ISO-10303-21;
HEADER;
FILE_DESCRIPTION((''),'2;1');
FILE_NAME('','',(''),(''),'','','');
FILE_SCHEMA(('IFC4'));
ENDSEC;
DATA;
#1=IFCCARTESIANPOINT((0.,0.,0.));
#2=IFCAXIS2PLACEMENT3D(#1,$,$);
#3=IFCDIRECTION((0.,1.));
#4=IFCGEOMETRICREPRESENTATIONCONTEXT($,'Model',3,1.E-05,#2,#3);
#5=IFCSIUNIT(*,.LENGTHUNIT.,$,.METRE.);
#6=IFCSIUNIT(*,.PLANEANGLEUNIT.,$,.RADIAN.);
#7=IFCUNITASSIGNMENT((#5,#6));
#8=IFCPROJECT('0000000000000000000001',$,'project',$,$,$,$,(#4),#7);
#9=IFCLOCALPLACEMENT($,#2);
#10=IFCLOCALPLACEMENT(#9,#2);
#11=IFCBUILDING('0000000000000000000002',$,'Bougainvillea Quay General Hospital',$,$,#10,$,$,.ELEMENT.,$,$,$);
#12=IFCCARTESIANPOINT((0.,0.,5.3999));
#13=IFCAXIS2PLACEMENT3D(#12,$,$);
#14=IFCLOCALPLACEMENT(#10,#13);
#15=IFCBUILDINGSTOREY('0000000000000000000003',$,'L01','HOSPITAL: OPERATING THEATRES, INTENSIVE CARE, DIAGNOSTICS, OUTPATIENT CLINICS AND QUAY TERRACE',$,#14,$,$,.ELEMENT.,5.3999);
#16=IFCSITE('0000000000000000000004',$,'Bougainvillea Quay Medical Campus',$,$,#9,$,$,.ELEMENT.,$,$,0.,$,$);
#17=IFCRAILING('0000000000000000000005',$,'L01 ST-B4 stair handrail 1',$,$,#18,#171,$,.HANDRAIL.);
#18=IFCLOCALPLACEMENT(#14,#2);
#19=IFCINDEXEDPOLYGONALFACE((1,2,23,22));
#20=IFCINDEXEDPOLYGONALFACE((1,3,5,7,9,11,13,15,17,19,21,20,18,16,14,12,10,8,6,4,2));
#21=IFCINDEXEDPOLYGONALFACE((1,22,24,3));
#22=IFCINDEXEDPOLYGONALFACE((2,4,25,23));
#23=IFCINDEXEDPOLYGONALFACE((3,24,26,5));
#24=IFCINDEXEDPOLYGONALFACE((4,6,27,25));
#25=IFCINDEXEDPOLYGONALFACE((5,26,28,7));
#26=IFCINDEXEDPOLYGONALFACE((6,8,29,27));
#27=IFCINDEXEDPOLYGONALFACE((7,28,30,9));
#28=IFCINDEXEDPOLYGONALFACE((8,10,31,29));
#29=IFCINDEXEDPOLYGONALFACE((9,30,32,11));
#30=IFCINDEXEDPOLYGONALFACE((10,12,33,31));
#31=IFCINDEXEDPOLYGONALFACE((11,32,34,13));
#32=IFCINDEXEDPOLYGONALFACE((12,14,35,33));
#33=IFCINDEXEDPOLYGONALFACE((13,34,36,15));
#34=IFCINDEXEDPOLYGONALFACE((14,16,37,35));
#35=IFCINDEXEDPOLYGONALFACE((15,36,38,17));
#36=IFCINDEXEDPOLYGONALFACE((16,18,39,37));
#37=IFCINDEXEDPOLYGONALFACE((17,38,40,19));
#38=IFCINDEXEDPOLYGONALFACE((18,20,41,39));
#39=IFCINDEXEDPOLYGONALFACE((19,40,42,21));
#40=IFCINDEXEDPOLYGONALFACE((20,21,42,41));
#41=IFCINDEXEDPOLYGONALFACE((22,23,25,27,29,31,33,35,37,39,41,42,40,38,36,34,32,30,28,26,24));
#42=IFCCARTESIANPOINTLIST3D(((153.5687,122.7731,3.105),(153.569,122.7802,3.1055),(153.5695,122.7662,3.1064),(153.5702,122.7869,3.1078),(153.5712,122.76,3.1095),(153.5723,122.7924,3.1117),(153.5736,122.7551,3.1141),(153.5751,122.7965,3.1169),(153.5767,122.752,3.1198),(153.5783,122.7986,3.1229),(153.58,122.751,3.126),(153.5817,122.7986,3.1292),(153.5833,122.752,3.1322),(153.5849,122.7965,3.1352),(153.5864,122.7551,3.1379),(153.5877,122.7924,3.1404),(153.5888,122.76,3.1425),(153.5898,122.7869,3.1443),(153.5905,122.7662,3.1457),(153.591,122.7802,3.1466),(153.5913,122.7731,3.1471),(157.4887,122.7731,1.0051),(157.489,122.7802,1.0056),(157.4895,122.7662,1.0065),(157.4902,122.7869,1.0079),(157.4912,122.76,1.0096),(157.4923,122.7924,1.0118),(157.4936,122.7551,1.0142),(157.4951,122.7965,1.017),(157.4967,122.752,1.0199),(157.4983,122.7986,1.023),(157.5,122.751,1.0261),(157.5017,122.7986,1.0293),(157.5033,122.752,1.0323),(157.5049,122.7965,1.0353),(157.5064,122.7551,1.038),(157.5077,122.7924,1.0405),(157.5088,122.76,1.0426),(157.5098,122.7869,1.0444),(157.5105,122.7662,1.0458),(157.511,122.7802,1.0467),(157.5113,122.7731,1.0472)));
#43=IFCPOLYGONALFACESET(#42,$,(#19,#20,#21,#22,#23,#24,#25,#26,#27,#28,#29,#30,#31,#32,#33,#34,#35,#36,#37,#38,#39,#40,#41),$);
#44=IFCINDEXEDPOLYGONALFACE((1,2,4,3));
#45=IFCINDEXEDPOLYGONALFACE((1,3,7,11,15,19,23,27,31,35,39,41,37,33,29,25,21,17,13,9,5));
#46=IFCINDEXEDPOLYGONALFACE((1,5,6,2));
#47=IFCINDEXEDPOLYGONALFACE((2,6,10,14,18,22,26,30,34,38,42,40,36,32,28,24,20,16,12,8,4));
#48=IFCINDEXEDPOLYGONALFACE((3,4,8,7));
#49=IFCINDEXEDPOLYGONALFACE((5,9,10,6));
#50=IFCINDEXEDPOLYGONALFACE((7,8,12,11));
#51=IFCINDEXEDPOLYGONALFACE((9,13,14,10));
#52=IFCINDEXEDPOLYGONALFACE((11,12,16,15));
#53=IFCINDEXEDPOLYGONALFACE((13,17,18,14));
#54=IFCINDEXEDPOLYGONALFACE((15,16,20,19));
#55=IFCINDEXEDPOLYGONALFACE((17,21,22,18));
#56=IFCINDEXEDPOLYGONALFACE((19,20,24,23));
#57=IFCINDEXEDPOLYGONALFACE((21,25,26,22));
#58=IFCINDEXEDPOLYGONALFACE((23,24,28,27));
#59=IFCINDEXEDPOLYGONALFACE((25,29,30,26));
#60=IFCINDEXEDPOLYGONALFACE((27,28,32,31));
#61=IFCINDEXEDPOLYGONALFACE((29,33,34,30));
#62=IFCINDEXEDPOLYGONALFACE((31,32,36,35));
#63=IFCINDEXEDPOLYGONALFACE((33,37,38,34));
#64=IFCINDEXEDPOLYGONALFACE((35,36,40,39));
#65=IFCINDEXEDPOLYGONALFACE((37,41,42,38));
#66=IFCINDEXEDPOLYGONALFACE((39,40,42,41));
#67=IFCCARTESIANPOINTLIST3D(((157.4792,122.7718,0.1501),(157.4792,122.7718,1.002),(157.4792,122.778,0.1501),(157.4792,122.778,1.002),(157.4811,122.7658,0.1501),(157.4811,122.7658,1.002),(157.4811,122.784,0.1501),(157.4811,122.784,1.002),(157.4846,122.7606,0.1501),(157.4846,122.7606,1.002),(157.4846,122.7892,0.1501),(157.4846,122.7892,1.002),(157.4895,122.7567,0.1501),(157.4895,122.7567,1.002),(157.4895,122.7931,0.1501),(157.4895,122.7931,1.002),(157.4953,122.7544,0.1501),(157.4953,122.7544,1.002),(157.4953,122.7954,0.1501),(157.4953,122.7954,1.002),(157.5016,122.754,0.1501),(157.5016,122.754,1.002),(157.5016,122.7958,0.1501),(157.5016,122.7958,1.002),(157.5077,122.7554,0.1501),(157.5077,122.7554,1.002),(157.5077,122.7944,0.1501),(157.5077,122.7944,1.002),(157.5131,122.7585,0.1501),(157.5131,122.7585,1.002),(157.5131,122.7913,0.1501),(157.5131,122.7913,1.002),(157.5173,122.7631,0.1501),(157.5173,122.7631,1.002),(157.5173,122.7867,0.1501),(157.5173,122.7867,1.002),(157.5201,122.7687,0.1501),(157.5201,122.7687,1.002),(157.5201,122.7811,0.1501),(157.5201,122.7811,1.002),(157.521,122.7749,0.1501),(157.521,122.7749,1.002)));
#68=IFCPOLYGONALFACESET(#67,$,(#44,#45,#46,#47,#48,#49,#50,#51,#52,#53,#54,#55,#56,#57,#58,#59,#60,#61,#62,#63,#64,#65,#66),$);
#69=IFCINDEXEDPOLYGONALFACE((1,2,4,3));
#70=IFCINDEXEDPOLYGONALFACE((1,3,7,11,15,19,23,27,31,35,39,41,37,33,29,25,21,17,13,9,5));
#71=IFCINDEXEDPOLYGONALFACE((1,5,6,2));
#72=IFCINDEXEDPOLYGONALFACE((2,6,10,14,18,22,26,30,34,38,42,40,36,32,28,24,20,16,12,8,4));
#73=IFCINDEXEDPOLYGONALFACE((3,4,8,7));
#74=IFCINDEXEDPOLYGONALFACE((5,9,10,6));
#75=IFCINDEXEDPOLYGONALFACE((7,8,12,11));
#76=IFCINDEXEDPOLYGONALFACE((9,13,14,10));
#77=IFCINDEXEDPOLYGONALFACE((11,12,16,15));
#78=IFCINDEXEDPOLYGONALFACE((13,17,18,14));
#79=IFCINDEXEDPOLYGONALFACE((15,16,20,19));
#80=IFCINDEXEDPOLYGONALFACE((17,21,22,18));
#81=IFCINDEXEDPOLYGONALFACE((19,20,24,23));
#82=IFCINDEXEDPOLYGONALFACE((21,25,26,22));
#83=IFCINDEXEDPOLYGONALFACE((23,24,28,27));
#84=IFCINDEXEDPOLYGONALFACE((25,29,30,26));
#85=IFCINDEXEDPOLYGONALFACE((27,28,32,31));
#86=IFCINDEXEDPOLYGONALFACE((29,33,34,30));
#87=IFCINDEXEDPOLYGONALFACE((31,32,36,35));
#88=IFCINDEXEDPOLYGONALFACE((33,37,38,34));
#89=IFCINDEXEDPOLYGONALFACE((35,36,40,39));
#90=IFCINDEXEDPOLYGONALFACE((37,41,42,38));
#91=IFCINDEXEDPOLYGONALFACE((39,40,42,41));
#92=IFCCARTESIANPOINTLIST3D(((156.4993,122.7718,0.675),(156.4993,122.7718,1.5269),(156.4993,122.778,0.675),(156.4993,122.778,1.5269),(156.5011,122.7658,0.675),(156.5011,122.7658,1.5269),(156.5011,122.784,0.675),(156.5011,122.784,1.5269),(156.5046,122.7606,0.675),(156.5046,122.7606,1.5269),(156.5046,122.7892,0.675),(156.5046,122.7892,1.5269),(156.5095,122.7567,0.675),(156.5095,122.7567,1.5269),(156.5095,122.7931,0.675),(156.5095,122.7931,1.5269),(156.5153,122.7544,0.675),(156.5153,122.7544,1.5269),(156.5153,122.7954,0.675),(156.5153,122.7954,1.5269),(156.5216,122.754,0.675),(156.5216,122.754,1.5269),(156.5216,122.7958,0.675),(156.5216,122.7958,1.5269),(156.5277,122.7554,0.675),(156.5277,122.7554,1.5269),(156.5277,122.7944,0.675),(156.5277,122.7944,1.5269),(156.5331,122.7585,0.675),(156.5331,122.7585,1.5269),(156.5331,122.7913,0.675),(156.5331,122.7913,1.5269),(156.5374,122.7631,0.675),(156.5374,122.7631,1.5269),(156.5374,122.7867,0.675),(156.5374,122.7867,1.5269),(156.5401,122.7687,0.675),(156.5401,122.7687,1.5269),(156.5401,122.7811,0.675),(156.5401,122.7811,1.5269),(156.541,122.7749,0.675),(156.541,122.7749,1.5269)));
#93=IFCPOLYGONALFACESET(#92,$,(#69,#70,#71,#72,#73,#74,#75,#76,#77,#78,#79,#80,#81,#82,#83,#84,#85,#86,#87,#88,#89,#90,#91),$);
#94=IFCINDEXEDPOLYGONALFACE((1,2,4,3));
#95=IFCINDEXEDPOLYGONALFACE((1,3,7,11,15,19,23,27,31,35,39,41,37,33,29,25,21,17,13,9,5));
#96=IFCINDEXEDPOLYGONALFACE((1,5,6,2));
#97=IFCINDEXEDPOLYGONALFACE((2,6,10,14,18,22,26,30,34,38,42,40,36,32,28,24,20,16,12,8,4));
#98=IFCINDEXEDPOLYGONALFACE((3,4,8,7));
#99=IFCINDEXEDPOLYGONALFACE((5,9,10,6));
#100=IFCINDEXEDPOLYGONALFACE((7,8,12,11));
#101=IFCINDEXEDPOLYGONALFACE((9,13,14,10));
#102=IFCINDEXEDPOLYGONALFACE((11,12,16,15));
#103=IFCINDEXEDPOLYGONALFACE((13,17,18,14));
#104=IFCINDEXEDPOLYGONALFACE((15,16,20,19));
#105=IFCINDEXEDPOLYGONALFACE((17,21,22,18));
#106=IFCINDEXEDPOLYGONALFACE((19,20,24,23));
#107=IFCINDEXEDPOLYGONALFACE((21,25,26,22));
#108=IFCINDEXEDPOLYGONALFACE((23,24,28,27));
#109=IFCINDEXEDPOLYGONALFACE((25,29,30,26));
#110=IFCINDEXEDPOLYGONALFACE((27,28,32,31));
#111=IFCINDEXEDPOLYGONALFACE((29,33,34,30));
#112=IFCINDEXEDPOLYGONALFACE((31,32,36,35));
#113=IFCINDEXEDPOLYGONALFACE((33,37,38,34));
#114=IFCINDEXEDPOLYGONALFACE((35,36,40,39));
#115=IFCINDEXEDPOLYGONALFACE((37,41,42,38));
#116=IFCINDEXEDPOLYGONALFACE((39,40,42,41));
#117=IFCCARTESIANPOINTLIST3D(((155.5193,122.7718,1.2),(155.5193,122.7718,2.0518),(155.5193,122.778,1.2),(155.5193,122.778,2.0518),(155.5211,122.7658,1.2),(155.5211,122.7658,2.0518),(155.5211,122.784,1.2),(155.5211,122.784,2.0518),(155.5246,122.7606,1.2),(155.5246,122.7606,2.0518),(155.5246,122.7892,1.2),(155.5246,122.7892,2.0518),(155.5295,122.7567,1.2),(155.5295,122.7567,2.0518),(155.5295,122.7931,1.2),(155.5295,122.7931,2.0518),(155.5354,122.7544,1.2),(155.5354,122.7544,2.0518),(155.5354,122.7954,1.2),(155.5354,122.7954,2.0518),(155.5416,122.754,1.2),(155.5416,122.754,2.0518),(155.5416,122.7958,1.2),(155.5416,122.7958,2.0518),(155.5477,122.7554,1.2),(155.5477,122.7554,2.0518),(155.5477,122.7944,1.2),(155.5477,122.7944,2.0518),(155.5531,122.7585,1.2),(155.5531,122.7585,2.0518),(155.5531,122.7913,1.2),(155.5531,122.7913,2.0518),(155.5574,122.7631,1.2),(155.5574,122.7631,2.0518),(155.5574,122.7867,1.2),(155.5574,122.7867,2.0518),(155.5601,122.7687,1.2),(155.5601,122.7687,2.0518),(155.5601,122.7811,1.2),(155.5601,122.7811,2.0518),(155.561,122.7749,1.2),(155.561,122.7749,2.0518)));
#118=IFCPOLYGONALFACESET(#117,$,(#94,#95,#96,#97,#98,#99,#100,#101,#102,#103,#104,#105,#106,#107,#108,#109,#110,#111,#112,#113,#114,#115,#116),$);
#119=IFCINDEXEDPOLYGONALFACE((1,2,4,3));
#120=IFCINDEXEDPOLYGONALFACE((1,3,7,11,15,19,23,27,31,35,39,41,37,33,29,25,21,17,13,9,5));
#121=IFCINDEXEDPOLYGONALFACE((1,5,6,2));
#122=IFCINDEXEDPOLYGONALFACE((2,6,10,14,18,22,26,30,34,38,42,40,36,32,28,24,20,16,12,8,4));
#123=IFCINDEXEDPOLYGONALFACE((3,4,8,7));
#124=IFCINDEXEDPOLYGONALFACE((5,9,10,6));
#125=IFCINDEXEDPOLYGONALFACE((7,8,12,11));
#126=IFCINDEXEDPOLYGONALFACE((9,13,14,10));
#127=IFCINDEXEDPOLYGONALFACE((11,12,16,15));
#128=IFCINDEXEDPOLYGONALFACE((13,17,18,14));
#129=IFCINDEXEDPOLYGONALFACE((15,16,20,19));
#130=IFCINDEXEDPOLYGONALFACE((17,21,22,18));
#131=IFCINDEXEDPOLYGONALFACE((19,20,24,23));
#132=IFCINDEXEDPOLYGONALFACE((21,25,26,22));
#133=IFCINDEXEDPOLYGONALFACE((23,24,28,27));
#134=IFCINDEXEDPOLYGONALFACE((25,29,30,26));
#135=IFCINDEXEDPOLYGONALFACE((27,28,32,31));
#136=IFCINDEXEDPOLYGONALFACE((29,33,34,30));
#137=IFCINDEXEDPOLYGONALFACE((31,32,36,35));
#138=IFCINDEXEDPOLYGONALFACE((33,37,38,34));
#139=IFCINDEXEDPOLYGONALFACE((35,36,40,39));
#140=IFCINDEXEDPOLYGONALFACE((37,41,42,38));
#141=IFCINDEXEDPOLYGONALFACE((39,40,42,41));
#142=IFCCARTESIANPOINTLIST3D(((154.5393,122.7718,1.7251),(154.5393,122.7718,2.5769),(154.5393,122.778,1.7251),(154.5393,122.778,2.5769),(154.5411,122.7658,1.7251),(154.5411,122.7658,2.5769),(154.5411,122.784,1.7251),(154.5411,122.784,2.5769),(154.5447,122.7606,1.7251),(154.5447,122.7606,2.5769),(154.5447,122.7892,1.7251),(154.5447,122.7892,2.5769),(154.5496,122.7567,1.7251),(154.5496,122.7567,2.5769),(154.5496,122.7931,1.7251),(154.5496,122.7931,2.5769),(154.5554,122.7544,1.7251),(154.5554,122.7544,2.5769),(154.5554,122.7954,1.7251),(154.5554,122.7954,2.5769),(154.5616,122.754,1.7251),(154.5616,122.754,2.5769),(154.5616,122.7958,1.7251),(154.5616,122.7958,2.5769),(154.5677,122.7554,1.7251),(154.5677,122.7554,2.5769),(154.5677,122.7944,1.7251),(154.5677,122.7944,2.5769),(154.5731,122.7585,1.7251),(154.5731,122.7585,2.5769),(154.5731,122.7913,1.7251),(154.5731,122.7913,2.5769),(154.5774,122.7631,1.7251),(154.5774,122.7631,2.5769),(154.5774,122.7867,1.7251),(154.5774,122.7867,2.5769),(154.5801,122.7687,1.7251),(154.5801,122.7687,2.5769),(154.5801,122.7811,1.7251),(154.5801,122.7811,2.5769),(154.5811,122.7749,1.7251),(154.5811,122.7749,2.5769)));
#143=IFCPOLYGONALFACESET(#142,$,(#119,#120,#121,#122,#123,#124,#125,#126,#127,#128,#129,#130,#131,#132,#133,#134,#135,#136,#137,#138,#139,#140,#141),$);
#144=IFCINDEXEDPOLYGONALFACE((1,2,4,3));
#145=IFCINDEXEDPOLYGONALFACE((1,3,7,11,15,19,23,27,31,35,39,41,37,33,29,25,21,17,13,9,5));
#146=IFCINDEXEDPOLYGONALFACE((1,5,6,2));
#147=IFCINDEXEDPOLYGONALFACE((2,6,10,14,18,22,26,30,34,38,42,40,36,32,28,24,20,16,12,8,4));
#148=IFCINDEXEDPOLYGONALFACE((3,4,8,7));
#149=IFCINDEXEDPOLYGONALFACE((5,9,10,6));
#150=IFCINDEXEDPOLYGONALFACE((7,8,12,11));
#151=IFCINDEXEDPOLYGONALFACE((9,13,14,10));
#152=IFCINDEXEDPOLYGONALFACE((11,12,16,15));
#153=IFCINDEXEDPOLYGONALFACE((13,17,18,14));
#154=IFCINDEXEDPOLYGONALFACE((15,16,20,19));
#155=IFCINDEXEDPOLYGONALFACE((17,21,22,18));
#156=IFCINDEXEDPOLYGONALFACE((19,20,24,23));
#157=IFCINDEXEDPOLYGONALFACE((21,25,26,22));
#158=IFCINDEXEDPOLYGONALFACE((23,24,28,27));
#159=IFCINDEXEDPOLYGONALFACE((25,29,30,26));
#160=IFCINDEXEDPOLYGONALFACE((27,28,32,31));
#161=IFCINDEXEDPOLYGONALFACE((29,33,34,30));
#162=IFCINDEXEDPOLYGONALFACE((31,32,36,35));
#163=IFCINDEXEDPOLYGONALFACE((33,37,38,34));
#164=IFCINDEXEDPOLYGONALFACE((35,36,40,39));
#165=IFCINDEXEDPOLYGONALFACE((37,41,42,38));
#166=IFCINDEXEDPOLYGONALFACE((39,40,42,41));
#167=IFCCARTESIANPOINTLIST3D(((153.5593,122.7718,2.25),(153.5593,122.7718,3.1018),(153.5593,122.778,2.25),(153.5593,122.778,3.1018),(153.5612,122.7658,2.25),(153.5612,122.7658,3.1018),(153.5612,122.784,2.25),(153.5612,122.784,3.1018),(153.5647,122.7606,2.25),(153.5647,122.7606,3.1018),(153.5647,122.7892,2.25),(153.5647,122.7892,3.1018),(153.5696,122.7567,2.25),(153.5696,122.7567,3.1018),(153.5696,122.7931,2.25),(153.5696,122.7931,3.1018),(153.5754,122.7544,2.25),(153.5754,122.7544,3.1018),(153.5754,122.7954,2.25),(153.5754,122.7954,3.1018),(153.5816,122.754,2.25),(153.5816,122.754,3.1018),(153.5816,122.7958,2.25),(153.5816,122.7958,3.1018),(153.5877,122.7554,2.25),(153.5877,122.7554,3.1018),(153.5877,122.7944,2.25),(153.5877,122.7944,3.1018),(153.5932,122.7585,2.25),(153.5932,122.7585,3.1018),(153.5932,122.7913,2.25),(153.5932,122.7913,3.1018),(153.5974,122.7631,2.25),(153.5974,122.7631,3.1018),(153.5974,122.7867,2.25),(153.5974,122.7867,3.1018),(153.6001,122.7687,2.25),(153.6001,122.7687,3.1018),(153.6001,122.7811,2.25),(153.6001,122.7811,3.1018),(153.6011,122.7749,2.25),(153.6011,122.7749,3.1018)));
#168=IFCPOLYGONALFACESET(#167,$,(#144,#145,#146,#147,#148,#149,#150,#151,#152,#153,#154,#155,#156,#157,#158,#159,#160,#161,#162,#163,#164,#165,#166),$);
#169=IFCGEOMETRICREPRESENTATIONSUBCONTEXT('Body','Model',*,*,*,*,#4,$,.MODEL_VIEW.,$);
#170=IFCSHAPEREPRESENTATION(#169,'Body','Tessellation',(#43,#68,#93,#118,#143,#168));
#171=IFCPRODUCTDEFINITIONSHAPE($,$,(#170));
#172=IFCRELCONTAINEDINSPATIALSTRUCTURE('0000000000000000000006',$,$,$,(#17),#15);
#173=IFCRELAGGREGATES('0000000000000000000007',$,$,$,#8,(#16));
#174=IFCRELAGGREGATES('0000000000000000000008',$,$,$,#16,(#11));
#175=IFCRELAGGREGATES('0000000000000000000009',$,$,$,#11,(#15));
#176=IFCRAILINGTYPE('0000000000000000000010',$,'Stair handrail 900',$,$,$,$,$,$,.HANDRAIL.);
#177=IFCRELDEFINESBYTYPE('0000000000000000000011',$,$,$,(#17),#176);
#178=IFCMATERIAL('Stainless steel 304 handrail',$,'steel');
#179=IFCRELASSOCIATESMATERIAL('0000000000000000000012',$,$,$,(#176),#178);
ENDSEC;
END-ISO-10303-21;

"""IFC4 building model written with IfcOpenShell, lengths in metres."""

from ifc_helpers import new_model, si_unit, direction, frame, origin, origin_2d, place, context, subcontext, project, spatial, circle, extrude, material, type_object, element, save


model = new_model("IFC4")

# Units and contexts
model_context = context("Model", 3, precision=1e-05, world=origin(), true_north=direction((0.0, 1.0)))
body_context = subcontext(model_context, "Body", "Model", "MODEL_VIEW")
ifc_project = project(units=[si_unit("LENGTHUNIT", "METRE"), si_unit("PLANEANGLEUNIT", "RADIAN")], contexts=[model_context])

# Site, building, storey
site_placement = place(None, origin())
site = spatial("IfcSite", under=ifc_project, at=site_placement, Name="Bougainvillea Quay Medical Campus", CompositionType="ELEMENT", RefElevation=0.0)
building_placement = place(site_placement, origin())
building = spatial("IfcBuilding", under=site, at=building_placement, Name="Bougainvillea Quay General Hospital", CompositionType="ELEMENT")
storey_placement = place(building_placement, frame((0.0, 0.0, 5.3999)))
storey = spatial("IfcBuildingStorey", under=building, at=storey_placement, Name="L01", Description="HOSPITAL: OPERATING THEATRES, INTENSIVE CARE, DIAGNOSTICS, OUTPATIENT CLINICS AND QUAY TERRACE", CompositionType="ELEMENT", Elevation=5.3999)

# Railing
ifc_material_1 = material(Name="Stainless steel 304 handrail", Category="steel")
railing_type_1 = type_object("IfcRailingType", Name="Stair handrail 900", PredefinedType="HANDRAIL", material=ifc_material_1)
railing_1_placement = place(storey_placement, frame((157.5, 122.7749, 0.1501)))
element("IfcRailing", 1, at=railing_1_placement, inside=storey, type_object=railing_type_1, Name="L01 ST-B4 stair handrail 1", PredefinedType="HANDRAIL", context=body_context, shape_type="SweptSolid", body=[
    extrude(circle(Radius=0.0239, at=origin_2d()), frame((0.0, 0.0, 0.876), z_axis=(-0.88149, 0.0, 0.472203), x_axis=(0.0, -1.0, 0.0)), (0.0, 0.0, 1.0), 4.447),
    extrude(circle(Radius=0.021, at=origin_2d()), origin(), (0.0, 0.0, 1.0), 0.8518),
    extrude(circle(Radius=0.021, at=origin_2d()), frame((-0.98, 0.0, 0.5249)), (0.0, 0.0, 1.0), 0.8518),
    extrude(circle(Radius=0.021, at=origin_2d()), frame((-1.96, 0.0, 1.0498)), (0.0, 0.0, 1.0), 0.8518),
    extrude(circle(Radius=0.021, at=origin_2d()), frame((-2.9399, 0.0, 1.575)), (0.0, 0.0, 1.0), 0.8518),
    extrude(circle(Radius=0.021, at=origin_2d()), frame((-3.9199, 0.0, 2.0999)), (0.0, 0.0, 1.0), 0.8518),
])

save(model, "model.ifc")
